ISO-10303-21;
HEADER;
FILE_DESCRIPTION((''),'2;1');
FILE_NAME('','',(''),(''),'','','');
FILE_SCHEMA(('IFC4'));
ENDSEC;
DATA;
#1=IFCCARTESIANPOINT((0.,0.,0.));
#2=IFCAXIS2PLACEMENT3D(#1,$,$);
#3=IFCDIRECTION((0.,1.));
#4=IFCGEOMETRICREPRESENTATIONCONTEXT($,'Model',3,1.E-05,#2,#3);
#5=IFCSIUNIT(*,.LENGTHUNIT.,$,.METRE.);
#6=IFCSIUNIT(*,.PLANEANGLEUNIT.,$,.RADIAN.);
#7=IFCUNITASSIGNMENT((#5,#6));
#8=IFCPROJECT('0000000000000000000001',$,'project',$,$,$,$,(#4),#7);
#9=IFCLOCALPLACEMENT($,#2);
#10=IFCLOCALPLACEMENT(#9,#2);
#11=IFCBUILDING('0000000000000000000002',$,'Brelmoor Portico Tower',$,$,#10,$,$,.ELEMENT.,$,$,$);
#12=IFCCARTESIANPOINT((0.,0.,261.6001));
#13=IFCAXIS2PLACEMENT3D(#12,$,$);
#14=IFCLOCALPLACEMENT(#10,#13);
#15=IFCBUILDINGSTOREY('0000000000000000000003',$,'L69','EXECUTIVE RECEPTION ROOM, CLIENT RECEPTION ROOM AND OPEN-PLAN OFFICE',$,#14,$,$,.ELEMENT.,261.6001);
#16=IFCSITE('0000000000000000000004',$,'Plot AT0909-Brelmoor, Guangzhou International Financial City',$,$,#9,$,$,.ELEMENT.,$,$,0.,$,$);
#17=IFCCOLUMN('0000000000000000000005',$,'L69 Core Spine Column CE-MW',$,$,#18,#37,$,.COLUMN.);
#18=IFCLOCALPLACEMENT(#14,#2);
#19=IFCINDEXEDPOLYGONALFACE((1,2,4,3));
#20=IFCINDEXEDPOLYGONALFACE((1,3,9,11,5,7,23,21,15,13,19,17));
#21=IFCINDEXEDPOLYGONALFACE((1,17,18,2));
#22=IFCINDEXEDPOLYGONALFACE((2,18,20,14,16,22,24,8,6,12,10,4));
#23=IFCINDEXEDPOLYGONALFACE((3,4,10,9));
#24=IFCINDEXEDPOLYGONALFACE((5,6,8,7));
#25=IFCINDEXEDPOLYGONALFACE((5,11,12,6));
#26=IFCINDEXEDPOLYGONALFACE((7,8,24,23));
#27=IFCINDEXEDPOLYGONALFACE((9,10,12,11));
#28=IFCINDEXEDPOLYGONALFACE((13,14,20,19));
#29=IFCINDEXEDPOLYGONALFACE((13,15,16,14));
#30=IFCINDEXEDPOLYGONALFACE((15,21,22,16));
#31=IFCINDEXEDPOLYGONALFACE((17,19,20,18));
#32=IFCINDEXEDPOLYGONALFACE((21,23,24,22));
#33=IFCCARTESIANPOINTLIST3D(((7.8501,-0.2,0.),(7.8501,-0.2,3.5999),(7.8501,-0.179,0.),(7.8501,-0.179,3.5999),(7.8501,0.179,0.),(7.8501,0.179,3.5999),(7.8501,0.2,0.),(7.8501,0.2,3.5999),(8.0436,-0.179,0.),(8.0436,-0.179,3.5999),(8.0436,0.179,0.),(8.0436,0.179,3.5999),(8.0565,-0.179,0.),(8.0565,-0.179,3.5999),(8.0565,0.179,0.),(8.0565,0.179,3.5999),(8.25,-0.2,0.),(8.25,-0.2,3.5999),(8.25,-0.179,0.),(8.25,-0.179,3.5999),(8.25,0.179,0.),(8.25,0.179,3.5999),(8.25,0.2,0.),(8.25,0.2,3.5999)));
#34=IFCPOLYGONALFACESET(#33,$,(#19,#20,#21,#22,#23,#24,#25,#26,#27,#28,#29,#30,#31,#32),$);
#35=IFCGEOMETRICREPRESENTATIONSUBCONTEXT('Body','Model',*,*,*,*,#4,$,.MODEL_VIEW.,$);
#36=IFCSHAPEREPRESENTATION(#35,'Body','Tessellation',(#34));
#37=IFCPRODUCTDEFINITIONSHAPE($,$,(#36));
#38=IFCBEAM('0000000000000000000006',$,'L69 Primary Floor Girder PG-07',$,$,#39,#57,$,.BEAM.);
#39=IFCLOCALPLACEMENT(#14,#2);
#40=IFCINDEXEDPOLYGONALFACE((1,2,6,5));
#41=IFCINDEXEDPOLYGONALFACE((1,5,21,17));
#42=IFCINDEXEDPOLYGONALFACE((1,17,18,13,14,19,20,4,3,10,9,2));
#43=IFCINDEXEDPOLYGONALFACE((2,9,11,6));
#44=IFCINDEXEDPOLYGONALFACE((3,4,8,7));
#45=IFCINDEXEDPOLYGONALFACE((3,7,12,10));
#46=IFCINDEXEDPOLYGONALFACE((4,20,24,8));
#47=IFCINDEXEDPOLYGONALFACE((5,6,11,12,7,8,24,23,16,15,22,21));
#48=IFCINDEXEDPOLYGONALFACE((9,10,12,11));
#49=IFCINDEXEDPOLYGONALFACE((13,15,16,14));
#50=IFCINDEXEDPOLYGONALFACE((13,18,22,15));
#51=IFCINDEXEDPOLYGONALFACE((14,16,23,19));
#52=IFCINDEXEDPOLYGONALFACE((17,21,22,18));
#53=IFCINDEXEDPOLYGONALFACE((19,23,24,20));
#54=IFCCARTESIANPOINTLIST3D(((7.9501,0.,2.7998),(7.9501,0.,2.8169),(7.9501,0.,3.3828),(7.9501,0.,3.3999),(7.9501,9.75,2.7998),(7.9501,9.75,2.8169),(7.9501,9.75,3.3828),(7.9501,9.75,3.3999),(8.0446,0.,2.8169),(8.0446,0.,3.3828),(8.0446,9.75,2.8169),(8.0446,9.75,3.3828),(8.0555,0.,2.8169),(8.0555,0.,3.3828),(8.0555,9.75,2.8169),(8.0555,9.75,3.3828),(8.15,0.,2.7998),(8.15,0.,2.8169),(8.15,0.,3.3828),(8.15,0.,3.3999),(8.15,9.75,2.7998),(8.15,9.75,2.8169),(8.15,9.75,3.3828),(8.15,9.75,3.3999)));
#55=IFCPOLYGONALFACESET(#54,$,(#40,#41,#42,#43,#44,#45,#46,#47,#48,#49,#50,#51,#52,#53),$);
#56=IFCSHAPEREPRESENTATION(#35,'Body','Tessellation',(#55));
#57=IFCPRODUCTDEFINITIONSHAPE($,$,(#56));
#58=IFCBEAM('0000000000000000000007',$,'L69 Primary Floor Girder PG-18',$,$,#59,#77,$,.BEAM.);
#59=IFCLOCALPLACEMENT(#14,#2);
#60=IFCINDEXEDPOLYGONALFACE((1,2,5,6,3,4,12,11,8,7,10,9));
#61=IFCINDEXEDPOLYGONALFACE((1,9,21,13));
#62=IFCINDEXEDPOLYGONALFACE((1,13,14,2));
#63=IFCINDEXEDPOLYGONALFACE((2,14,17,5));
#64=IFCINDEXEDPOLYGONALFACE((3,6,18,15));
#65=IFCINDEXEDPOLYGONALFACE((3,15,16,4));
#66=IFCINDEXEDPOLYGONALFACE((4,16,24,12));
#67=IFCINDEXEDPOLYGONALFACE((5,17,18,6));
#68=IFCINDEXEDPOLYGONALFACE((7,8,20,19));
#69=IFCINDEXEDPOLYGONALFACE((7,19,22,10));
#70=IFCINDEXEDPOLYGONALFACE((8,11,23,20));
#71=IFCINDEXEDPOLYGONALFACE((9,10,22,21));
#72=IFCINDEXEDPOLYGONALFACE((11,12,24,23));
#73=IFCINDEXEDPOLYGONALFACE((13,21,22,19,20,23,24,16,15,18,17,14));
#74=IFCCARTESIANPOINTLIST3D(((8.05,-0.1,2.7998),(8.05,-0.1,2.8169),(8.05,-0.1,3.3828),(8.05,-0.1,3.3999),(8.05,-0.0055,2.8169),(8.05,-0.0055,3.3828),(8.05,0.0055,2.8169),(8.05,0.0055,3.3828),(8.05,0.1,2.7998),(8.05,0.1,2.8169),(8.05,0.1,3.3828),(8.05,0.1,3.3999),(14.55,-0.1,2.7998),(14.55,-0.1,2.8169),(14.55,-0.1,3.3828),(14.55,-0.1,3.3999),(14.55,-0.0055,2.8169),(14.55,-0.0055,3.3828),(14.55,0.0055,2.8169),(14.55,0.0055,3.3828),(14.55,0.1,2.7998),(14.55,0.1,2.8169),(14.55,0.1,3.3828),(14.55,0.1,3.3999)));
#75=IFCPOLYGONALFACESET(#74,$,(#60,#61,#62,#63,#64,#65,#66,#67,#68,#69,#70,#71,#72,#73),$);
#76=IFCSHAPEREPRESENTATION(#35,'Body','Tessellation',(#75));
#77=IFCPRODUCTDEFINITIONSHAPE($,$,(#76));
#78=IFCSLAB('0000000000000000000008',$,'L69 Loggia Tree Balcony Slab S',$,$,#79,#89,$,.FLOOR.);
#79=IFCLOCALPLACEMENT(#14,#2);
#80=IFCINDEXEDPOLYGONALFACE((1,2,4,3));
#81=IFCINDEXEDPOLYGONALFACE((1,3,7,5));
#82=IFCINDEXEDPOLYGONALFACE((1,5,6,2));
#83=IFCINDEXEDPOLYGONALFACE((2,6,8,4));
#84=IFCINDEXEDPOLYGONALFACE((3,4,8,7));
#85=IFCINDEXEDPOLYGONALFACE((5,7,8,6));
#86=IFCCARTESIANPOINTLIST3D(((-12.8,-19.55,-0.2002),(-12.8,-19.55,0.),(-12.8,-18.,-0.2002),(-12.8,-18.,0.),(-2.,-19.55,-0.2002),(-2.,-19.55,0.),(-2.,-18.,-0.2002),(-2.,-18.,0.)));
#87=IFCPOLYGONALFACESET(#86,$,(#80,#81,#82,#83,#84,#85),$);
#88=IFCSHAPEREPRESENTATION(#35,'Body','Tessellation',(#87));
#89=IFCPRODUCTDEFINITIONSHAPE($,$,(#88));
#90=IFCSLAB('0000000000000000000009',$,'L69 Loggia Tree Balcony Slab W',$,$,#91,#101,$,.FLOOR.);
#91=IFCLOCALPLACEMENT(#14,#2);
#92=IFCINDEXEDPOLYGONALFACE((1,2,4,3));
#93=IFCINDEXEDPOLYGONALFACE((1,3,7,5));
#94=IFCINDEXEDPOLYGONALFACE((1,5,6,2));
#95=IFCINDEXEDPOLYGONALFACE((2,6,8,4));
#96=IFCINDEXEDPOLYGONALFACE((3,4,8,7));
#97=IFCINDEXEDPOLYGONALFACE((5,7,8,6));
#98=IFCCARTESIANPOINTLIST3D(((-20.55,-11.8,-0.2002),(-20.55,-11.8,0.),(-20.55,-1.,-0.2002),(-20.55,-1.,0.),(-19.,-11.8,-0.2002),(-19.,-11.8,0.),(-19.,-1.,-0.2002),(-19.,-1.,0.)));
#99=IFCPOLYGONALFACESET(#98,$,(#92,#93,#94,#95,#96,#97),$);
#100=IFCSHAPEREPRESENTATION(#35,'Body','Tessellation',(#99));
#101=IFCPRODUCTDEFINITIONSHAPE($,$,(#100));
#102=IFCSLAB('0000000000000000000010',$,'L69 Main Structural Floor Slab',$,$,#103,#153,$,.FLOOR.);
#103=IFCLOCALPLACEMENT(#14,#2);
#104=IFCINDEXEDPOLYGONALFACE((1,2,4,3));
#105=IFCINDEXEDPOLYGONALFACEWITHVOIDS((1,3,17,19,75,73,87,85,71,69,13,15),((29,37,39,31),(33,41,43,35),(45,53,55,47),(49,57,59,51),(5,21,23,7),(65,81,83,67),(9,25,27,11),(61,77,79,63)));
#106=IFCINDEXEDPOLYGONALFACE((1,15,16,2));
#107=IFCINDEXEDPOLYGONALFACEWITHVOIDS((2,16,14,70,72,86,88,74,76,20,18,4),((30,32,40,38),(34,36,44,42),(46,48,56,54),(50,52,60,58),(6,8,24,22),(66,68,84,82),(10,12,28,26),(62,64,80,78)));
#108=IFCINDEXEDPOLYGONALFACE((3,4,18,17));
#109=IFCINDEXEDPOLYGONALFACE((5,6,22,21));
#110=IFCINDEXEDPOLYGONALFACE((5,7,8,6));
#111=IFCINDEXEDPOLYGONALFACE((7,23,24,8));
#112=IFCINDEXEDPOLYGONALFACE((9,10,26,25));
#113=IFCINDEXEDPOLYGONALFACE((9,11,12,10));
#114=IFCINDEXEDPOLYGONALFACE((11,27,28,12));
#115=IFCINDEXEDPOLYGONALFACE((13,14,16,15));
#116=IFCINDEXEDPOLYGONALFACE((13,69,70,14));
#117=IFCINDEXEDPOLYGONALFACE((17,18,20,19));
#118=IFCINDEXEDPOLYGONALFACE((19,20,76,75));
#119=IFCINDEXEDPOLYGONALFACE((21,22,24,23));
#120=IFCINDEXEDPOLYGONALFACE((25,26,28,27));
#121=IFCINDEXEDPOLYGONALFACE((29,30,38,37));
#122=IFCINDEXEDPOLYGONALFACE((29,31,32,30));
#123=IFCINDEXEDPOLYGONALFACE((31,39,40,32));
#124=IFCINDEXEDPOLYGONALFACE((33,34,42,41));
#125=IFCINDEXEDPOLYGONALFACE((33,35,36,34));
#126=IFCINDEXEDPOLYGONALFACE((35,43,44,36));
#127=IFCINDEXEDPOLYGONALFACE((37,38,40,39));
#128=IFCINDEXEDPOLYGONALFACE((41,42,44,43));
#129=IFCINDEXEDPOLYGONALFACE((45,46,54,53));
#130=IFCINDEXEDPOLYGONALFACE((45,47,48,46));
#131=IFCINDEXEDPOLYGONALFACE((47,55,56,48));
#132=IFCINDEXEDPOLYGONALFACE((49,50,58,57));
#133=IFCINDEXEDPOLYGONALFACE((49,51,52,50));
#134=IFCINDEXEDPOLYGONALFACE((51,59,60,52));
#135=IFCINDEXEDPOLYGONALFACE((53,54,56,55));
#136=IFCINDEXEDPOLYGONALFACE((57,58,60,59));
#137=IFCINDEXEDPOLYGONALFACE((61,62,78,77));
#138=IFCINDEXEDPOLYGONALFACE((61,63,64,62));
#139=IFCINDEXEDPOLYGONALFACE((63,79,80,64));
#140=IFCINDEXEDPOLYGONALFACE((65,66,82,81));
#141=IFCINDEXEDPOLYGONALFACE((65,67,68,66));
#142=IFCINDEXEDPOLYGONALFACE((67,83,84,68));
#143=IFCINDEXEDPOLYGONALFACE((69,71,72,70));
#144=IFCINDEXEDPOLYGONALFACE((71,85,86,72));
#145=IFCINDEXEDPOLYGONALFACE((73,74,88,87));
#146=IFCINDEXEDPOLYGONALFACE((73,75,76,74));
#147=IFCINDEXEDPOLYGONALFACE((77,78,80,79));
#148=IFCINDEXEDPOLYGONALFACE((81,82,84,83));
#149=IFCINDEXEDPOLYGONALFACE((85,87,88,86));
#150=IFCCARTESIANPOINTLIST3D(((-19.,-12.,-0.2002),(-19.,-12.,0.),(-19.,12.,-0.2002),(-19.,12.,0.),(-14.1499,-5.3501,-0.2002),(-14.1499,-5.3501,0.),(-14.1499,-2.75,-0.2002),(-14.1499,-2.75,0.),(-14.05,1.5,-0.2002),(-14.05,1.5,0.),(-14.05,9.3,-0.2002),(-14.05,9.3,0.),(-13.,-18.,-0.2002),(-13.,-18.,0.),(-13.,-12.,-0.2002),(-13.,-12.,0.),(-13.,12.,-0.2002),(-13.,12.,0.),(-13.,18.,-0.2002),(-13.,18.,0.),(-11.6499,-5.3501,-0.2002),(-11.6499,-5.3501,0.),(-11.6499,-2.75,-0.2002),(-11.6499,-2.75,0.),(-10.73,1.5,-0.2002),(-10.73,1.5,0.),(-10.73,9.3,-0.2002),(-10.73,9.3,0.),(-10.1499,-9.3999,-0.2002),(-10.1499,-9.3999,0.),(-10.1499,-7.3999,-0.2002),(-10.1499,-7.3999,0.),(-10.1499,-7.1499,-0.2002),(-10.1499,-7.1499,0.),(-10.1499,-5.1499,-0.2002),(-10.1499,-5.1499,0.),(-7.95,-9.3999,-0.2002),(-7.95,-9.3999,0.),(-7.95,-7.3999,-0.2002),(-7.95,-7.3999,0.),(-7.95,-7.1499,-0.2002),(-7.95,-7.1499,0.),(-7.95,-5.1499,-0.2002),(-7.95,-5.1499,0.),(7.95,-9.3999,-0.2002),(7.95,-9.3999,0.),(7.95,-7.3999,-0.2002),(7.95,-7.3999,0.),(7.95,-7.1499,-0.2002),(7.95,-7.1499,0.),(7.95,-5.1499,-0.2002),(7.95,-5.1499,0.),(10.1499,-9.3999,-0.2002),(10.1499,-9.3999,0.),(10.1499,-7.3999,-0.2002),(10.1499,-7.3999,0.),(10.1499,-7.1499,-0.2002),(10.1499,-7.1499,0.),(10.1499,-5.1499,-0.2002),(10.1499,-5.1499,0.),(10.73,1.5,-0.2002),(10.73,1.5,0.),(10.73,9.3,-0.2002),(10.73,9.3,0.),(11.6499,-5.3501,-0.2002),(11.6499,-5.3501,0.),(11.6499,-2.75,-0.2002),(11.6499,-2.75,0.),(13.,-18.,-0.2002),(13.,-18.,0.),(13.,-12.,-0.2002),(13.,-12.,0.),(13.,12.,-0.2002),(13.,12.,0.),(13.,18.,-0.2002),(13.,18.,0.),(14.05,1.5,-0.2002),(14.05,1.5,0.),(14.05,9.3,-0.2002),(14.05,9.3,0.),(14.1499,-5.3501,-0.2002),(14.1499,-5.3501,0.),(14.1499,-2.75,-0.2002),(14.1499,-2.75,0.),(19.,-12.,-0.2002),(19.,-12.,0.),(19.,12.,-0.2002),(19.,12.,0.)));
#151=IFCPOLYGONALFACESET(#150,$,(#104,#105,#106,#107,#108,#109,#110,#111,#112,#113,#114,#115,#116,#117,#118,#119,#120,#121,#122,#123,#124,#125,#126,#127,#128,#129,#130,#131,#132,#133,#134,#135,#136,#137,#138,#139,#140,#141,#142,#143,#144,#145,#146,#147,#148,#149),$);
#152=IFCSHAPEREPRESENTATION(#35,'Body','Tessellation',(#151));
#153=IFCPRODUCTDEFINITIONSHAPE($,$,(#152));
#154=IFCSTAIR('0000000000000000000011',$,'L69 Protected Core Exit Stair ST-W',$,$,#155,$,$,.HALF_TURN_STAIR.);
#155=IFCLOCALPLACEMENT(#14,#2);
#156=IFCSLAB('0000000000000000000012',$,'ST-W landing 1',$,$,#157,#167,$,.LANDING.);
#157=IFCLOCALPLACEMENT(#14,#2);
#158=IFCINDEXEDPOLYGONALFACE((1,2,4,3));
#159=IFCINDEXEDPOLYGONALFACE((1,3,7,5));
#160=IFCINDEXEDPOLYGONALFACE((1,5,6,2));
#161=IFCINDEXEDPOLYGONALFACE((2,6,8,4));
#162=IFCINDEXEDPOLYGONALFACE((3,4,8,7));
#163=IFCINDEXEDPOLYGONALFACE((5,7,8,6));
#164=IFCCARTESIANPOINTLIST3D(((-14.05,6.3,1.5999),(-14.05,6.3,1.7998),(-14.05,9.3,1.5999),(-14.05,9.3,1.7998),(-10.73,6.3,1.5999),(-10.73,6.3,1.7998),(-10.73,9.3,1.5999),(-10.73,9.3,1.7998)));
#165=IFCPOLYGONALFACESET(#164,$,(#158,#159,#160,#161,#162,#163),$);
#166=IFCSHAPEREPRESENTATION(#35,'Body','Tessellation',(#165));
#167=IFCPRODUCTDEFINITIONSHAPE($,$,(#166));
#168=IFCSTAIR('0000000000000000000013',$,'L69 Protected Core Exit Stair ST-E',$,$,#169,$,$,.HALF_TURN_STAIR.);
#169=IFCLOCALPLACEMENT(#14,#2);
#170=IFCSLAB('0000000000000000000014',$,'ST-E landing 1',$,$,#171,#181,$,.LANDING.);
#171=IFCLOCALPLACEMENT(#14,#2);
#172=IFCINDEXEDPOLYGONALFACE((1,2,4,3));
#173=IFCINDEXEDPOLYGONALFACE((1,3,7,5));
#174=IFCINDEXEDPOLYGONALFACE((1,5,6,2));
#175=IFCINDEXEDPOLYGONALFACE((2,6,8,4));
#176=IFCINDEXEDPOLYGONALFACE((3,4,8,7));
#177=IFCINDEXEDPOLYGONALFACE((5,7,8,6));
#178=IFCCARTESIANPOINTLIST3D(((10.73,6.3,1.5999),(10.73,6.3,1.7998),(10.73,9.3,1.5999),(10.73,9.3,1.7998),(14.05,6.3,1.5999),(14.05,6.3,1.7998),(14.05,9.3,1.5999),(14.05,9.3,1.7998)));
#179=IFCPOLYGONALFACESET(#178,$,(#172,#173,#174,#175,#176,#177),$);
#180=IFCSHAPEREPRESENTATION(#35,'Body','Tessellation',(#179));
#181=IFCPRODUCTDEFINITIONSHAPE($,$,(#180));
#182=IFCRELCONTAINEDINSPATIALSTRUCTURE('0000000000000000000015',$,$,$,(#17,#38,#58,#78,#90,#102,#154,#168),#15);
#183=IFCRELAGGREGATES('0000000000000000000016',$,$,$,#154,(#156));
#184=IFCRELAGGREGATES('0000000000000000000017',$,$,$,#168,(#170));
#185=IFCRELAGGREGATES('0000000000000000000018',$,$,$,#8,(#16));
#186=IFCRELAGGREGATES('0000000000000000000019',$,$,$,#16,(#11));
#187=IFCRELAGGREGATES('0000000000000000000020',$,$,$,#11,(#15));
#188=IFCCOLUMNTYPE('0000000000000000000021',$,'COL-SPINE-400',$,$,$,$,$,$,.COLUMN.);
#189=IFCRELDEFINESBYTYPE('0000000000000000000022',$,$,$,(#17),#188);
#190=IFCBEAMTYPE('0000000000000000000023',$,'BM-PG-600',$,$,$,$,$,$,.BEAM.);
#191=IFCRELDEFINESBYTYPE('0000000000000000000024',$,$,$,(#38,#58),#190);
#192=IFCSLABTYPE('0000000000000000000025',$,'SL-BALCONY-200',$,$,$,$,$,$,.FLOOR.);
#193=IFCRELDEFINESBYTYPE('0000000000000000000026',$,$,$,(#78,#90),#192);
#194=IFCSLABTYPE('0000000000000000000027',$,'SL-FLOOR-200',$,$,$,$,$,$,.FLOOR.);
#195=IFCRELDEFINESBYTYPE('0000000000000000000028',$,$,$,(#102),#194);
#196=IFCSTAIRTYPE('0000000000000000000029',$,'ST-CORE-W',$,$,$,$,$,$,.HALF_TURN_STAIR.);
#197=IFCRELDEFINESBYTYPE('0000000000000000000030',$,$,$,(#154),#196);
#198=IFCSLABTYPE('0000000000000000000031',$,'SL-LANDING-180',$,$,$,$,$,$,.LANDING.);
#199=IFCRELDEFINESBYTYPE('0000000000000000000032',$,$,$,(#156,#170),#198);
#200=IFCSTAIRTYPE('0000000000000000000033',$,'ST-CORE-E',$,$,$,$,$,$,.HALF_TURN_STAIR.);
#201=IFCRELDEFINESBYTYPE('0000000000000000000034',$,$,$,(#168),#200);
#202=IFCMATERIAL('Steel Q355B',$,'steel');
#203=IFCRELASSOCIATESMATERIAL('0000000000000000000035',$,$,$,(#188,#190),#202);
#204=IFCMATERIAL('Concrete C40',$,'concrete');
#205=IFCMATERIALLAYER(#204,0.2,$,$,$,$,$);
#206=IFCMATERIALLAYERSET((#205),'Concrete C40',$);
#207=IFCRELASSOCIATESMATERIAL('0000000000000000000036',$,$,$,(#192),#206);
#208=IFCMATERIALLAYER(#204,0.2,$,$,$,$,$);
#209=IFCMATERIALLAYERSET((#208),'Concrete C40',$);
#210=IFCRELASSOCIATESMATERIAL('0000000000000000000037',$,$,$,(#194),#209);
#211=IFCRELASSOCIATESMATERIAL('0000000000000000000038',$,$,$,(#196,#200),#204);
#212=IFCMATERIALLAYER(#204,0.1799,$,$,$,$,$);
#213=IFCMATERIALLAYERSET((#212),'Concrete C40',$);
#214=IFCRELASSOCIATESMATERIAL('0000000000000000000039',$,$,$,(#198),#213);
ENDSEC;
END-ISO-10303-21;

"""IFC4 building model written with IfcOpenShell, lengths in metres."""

from ifc_helpers import new_model, si_unit, direction, frame, origin, origin_2d, place, context, subcontext, project, spatial, polyline, i_section, outline, extrude, material, layer, layer_set, material_profile, profile_set, type_object, element, aggregate, save


model = new_model("IFC4")

# Units and contexts
model_context = context("Model", 3, precision=1e-05, world=origin(), true_north=direction((0.0, 1.0)))
body_context = subcontext(model_context, "Body", "Model", "MODEL_VIEW")
ifc_project = project(units=[si_unit("LENGTHUNIT", "METRE"), si_unit("PLANEANGLEUNIT", "RADIAN")], contexts=[model_context])

# Site, building, storey
site_placement = place(None, origin())
site = spatial("IfcSite", under=ifc_project, at=site_placement, Name="Plot AT0909-Brelmoor, Guangzhou International Financial City", CompositionType="ELEMENT", RefElevation=0.0)
building_placement = place(site_placement, origin())
building = spatial("IfcBuilding", under=site, at=building_placement, Name="Brelmoor Portico Tower", CompositionType="ELEMENT")
storey_placement = place(building_placement, frame((0.0, 0.0, 261.6001)))
storey = spatial("IfcBuildingStorey", under=building, at=storey_placement, Name="L69", Description="EXECUTIVE RECEPTION ROOM, CLIENT RECEPTION ROOM AND OPEN-PLAN OFFICE", CompositionType="ELEMENT", Elevation=261.6001)

# Column
ifc_material_1 = material(Name="Steel Q355B", Category="steel")
ifc_material_profile_1 = material_profile(ifc_material_1, i_section(OverallWidth=0.3999, OverallDepth=0.3999, WebThickness=0.0129, FlangeThickness=0.021, at=origin_2d()), Name="HW 400x400x13x21")
ifc_profile_set_1 = profile_set([ifc_material_profile_1], Name="Steel Q355B")
column_type = type_object("IfcColumnType", Name="COL-SPINE-400", PredefinedType="COLUMN", material=ifc_profile_set_1)
column_placement = place(storey_placement, frame((8.05, 0.0, 0.0), z_axis=(0.0, 0.0, 1.0), x_axis=(1.0, 0.0, 0.0)))
element("IfcColumn", 1, at=column_placement, inside=storey, type_object=column_type, Name="L69 Core Spine Column CE-MW", PredefinedType="COLUMN", context=body_context, shape_type="SweptSolid", body=[
    extrude(i_section(OverallWidth=0.3999, OverallDepth=0.3999, WebThickness=0.0129, FlangeThickness=0.021, at=origin_2d()), origin(), (0.0, 0.0, 1.0), 3.5999),
])

# Beams
ifc_material_profile_2 = material_profile(ifc_material_1, i_section(OverallWidth=0.2, OverallDepth=0.6001, WebThickness=0.011, FlangeThickness=0.0171, at=origin_2d()), Name="HN 600x200x11x17")
ifc_profile_set_2 = profile_set([ifc_material_profile_2], Name="Steel Q355B")
beam_type = type_object("IfcBeamType", Name="BM-PG-600", PredefinedType="BEAM", material=ifc_profile_set_2)
beam_1_placement = place(storey_placement, frame((8.05, 0.0, 3.0999), z_axis=(0.0, 1.0, 0.0), x_axis=(-1.0, 0.0, 0.0)))
element("IfcBeam", 2, at=beam_1_placement, inside=storey, type_object=beam_type, Name="L69 Primary Floor Girder PG-07", PredefinedType="BEAM", context=body_context, shape_type="SweptSolid", body=[
    extrude(i_section(OverallWidth=0.2, OverallDepth=0.6001, WebThickness=0.011, FlangeThickness=0.0171, at=origin_2d()), origin(), (0.0, 0.0, 1.0), 9.75),
])
beam_2_placement = place(storey_placement, frame((8.05, 0.0, 3.0999), z_axis=(1.0, 0.0, 0.0), x_axis=(0.0, 1.0, 0.0)))
element("IfcBeam", 3, at=beam_2_placement, inside=storey, type_object=beam_type, Name="L69 Primary Floor Girder PG-18", PredefinedType="BEAM", context=body_context, shape_type="SweptSolid", body=[
    extrude(i_section(OverallWidth=0.2, OverallDepth=0.6001, WebThickness=0.011, FlangeThickness=0.0171, at=origin_2d()), origin(), (0.0, 0.0, 1.0), 6.5),
])

# Slabs
ifc_material_2 = material(Name="Concrete C40", Category="concrete")
ifc_layer_1 = layer(ifc_material_2, 0.2)
ifc_layer_set_1 = layer_set([ifc_layer_1], Name="Concrete C40")
slab_type_1 = type_object("IfcSlabType", Name="SL-BALCONY-200", PredefinedType="FLOOR", material=ifc_layer_set_1)
slab_1_placement = place(storey_placement, frame((0.0, 0.0, -0.2002)))
element("IfcSlab", 4, at=slab_1_placement, inside=storey, type_object=slab_type_1, Name="L69 Loggia Tree Balcony Slab S", PredefinedType="FLOOR", context=body_context, shape_type="SweptSolid", body=[
    extrude(outline(polyline([(-12.8, -19.55), (-2.0, -19.55), (-2.0, -18.0), (-12.8, -18.0), (-12.8, -19.55)])), origin(), (0.0, 0.0, 1.0), 0.2002),
])
slab_2_placement = place(storey_placement, frame((0.0, 0.0, -0.2002)))
element("IfcSlab", 5, at=slab_2_placement, inside=storey, type_object=slab_type_1, Name="L69 Loggia Tree Balcony Slab W", PredefinedType="FLOOR", context=body_context, shape_type="SweptSolid", body=[
    extrude(outline(polyline([(-20.55, -11.8), (-19.0, -11.8), (-19.0, -1.0), (-20.55, -1.0), (-20.55, -11.8)])), origin(), (0.0, 0.0, 1.0), 0.2002),
])
ifc_layer_2 = layer(ifc_material_2, 0.2)
ifc_layer_set_2 = layer_set([ifc_layer_2], Name="Concrete C40")
slab_type_2 = type_object("IfcSlabType", Name="SL-FLOOR-200", PredefinedType="FLOOR", material=ifc_layer_set_2)
slab_3_placement = place(storey_placement, frame((0.0, 0.0, -0.2002)))
element("IfcSlab", 6, at=slab_3_placement, inside=storey, type_object=slab_type_2, Name="L69 Main Structural Floor Slab", PredefinedType="FLOOR", context=body_context, shape_type="SweptSolid", body=[
    extrude(outline(polyline([(-13.0, -18.0), (13.0, -18.0), (13.0, -12.0), (19.0, -12.0), (19.0, 12.0), (13.0, 12.0), (13.0, 18.0), (-13.0, 18.0), (-13.0, 12.0), (-19.0, 12.0), (-19.0, -12.0), (-13.0, -12.0), (-13.0, -18.0)]), holes=[polyline([(-10.73, 1.5), (-10.73, 9.3), (-14.05, 9.3), (-14.05, 1.5), (-10.73, 1.5)]), polyline([(14.05, 1.5), (14.05, 9.3), (10.73, 9.3), (10.73, 1.5), (14.05, 1.5)]), polyline([(-10.1499, -9.3999), (-7.95, -9.3999), (-7.95, -7.3999), (-10.1499, -7.3999), (-10.1499, -9.3999)]), polyline([(-10.1499, -7.1499), (-7.95, -7.1499), (-7.95, -5.1499), (-10.1499, -5.1499), (-10.1499, -7.1499)]), polyline([(7.95, -9.3999), (10.1499, -9.3999), (10.1499, -7.3999), (7.95, -7.3999), (7.95, -9.3999)]), polyline([(7.95, -7.1499), (10.1499, -7.1499), (10.1499, -5.1499), (7.95, -5.1499), (7.95, -7.1499)]), polyline([(-14.1499, -5.3501), (-11.6499, -5.3501), (-11.6499, -2.75), (-14.1499, -2.75), (-14.1499, -5.3501)]), polyline([(11.6499, -5.3501), (14.1499, -5.3501), (14.1499, -2.75), (11.6499, -2.75), (11.6499, -5.3501)])]), origin(), (0.0, 0.0, 1.0), 0.2002),
])

# Stairs, slabs
stair_type_1 = type_object("IfcStairType", Name="ST-CORE-W", PredefinedType="HALF_TURN_STAIR", material=ifc_material_2)
stair_1_placement = place(storey_placement, origin())
stair_1 = element("IfcStair", 7, at=stair_1_placement, inside=storey, type_object=stair_type_1, Name="L69 Protected Core Exit Stair ST-W", PredefinedType="HALF_TURN_STAIR")
ifc_layer_3 = layer(ifc_material_2, 0.1799)
ifc_layer_set_3 = layer_set([ifc_layer_3], Name="Concrete C40")
slab_type_3 = type_object("IfcSlabType", Name="SL-LANDING-180", PredefinedType="LANDING", material=ifc_layer_set_3)
slab_4_placement = place(storey_placement, frame((0.0, 0.0, 1.5999)))
slab_4 = element("IfcSlab", 8, at=slab_4_placement, type_object=slab_type_3, Name="ST-W landing 1", PredefinedType="LANDING", context=body_context, shape_type="SweptSolid", body=[
    extrude(outline(polyline([(-10.73, 6.3), (-10.73, 9.3), (-14.05, 9.3), (-14.05, 6.3), (-10.73, 6.3)])), origin(), (0.0, 0.0, 1.0), 0.2),
])
aggregate(stair_1, [slab_4])
stair_type_2 = type_object("IfcStairType", Name="ST-CORE-E", PredefinedType="HALF_TURN_STAIR", material=ifc_material_2)
stair_2_placement = place(storey_placement, origin())
stair_2 = element("IfcStair", 9, at=stair_2_placement, inside=storey, type_object=stair_type_2, Name="L69 Protected Core Exit Stair ST-E", PredefinedType="HALF_TURN_STAIR")
slab_5_placement = place(storey_placement, frame((0.0, 0.0, 1.5999)))
slab_5 = element("IfcSlab", 10, at=slab_5_placement, type_object=slab_type_3, Name="ST-E landing 1", PredefinedType="LANDING", context=body_context, shape_type="SweptSolid", body=[
    extrude(outline(polyline([(14.05, 6.3), (14.05, 9.3), (10.73, 9.3), (10.73, 6.3), (14.05, 6.3)])), origin(), (0.0, 0.0, 1.0), 0.2),
])

aggregate(stair_2, [slab_5])

save(model, "model.ifc")
